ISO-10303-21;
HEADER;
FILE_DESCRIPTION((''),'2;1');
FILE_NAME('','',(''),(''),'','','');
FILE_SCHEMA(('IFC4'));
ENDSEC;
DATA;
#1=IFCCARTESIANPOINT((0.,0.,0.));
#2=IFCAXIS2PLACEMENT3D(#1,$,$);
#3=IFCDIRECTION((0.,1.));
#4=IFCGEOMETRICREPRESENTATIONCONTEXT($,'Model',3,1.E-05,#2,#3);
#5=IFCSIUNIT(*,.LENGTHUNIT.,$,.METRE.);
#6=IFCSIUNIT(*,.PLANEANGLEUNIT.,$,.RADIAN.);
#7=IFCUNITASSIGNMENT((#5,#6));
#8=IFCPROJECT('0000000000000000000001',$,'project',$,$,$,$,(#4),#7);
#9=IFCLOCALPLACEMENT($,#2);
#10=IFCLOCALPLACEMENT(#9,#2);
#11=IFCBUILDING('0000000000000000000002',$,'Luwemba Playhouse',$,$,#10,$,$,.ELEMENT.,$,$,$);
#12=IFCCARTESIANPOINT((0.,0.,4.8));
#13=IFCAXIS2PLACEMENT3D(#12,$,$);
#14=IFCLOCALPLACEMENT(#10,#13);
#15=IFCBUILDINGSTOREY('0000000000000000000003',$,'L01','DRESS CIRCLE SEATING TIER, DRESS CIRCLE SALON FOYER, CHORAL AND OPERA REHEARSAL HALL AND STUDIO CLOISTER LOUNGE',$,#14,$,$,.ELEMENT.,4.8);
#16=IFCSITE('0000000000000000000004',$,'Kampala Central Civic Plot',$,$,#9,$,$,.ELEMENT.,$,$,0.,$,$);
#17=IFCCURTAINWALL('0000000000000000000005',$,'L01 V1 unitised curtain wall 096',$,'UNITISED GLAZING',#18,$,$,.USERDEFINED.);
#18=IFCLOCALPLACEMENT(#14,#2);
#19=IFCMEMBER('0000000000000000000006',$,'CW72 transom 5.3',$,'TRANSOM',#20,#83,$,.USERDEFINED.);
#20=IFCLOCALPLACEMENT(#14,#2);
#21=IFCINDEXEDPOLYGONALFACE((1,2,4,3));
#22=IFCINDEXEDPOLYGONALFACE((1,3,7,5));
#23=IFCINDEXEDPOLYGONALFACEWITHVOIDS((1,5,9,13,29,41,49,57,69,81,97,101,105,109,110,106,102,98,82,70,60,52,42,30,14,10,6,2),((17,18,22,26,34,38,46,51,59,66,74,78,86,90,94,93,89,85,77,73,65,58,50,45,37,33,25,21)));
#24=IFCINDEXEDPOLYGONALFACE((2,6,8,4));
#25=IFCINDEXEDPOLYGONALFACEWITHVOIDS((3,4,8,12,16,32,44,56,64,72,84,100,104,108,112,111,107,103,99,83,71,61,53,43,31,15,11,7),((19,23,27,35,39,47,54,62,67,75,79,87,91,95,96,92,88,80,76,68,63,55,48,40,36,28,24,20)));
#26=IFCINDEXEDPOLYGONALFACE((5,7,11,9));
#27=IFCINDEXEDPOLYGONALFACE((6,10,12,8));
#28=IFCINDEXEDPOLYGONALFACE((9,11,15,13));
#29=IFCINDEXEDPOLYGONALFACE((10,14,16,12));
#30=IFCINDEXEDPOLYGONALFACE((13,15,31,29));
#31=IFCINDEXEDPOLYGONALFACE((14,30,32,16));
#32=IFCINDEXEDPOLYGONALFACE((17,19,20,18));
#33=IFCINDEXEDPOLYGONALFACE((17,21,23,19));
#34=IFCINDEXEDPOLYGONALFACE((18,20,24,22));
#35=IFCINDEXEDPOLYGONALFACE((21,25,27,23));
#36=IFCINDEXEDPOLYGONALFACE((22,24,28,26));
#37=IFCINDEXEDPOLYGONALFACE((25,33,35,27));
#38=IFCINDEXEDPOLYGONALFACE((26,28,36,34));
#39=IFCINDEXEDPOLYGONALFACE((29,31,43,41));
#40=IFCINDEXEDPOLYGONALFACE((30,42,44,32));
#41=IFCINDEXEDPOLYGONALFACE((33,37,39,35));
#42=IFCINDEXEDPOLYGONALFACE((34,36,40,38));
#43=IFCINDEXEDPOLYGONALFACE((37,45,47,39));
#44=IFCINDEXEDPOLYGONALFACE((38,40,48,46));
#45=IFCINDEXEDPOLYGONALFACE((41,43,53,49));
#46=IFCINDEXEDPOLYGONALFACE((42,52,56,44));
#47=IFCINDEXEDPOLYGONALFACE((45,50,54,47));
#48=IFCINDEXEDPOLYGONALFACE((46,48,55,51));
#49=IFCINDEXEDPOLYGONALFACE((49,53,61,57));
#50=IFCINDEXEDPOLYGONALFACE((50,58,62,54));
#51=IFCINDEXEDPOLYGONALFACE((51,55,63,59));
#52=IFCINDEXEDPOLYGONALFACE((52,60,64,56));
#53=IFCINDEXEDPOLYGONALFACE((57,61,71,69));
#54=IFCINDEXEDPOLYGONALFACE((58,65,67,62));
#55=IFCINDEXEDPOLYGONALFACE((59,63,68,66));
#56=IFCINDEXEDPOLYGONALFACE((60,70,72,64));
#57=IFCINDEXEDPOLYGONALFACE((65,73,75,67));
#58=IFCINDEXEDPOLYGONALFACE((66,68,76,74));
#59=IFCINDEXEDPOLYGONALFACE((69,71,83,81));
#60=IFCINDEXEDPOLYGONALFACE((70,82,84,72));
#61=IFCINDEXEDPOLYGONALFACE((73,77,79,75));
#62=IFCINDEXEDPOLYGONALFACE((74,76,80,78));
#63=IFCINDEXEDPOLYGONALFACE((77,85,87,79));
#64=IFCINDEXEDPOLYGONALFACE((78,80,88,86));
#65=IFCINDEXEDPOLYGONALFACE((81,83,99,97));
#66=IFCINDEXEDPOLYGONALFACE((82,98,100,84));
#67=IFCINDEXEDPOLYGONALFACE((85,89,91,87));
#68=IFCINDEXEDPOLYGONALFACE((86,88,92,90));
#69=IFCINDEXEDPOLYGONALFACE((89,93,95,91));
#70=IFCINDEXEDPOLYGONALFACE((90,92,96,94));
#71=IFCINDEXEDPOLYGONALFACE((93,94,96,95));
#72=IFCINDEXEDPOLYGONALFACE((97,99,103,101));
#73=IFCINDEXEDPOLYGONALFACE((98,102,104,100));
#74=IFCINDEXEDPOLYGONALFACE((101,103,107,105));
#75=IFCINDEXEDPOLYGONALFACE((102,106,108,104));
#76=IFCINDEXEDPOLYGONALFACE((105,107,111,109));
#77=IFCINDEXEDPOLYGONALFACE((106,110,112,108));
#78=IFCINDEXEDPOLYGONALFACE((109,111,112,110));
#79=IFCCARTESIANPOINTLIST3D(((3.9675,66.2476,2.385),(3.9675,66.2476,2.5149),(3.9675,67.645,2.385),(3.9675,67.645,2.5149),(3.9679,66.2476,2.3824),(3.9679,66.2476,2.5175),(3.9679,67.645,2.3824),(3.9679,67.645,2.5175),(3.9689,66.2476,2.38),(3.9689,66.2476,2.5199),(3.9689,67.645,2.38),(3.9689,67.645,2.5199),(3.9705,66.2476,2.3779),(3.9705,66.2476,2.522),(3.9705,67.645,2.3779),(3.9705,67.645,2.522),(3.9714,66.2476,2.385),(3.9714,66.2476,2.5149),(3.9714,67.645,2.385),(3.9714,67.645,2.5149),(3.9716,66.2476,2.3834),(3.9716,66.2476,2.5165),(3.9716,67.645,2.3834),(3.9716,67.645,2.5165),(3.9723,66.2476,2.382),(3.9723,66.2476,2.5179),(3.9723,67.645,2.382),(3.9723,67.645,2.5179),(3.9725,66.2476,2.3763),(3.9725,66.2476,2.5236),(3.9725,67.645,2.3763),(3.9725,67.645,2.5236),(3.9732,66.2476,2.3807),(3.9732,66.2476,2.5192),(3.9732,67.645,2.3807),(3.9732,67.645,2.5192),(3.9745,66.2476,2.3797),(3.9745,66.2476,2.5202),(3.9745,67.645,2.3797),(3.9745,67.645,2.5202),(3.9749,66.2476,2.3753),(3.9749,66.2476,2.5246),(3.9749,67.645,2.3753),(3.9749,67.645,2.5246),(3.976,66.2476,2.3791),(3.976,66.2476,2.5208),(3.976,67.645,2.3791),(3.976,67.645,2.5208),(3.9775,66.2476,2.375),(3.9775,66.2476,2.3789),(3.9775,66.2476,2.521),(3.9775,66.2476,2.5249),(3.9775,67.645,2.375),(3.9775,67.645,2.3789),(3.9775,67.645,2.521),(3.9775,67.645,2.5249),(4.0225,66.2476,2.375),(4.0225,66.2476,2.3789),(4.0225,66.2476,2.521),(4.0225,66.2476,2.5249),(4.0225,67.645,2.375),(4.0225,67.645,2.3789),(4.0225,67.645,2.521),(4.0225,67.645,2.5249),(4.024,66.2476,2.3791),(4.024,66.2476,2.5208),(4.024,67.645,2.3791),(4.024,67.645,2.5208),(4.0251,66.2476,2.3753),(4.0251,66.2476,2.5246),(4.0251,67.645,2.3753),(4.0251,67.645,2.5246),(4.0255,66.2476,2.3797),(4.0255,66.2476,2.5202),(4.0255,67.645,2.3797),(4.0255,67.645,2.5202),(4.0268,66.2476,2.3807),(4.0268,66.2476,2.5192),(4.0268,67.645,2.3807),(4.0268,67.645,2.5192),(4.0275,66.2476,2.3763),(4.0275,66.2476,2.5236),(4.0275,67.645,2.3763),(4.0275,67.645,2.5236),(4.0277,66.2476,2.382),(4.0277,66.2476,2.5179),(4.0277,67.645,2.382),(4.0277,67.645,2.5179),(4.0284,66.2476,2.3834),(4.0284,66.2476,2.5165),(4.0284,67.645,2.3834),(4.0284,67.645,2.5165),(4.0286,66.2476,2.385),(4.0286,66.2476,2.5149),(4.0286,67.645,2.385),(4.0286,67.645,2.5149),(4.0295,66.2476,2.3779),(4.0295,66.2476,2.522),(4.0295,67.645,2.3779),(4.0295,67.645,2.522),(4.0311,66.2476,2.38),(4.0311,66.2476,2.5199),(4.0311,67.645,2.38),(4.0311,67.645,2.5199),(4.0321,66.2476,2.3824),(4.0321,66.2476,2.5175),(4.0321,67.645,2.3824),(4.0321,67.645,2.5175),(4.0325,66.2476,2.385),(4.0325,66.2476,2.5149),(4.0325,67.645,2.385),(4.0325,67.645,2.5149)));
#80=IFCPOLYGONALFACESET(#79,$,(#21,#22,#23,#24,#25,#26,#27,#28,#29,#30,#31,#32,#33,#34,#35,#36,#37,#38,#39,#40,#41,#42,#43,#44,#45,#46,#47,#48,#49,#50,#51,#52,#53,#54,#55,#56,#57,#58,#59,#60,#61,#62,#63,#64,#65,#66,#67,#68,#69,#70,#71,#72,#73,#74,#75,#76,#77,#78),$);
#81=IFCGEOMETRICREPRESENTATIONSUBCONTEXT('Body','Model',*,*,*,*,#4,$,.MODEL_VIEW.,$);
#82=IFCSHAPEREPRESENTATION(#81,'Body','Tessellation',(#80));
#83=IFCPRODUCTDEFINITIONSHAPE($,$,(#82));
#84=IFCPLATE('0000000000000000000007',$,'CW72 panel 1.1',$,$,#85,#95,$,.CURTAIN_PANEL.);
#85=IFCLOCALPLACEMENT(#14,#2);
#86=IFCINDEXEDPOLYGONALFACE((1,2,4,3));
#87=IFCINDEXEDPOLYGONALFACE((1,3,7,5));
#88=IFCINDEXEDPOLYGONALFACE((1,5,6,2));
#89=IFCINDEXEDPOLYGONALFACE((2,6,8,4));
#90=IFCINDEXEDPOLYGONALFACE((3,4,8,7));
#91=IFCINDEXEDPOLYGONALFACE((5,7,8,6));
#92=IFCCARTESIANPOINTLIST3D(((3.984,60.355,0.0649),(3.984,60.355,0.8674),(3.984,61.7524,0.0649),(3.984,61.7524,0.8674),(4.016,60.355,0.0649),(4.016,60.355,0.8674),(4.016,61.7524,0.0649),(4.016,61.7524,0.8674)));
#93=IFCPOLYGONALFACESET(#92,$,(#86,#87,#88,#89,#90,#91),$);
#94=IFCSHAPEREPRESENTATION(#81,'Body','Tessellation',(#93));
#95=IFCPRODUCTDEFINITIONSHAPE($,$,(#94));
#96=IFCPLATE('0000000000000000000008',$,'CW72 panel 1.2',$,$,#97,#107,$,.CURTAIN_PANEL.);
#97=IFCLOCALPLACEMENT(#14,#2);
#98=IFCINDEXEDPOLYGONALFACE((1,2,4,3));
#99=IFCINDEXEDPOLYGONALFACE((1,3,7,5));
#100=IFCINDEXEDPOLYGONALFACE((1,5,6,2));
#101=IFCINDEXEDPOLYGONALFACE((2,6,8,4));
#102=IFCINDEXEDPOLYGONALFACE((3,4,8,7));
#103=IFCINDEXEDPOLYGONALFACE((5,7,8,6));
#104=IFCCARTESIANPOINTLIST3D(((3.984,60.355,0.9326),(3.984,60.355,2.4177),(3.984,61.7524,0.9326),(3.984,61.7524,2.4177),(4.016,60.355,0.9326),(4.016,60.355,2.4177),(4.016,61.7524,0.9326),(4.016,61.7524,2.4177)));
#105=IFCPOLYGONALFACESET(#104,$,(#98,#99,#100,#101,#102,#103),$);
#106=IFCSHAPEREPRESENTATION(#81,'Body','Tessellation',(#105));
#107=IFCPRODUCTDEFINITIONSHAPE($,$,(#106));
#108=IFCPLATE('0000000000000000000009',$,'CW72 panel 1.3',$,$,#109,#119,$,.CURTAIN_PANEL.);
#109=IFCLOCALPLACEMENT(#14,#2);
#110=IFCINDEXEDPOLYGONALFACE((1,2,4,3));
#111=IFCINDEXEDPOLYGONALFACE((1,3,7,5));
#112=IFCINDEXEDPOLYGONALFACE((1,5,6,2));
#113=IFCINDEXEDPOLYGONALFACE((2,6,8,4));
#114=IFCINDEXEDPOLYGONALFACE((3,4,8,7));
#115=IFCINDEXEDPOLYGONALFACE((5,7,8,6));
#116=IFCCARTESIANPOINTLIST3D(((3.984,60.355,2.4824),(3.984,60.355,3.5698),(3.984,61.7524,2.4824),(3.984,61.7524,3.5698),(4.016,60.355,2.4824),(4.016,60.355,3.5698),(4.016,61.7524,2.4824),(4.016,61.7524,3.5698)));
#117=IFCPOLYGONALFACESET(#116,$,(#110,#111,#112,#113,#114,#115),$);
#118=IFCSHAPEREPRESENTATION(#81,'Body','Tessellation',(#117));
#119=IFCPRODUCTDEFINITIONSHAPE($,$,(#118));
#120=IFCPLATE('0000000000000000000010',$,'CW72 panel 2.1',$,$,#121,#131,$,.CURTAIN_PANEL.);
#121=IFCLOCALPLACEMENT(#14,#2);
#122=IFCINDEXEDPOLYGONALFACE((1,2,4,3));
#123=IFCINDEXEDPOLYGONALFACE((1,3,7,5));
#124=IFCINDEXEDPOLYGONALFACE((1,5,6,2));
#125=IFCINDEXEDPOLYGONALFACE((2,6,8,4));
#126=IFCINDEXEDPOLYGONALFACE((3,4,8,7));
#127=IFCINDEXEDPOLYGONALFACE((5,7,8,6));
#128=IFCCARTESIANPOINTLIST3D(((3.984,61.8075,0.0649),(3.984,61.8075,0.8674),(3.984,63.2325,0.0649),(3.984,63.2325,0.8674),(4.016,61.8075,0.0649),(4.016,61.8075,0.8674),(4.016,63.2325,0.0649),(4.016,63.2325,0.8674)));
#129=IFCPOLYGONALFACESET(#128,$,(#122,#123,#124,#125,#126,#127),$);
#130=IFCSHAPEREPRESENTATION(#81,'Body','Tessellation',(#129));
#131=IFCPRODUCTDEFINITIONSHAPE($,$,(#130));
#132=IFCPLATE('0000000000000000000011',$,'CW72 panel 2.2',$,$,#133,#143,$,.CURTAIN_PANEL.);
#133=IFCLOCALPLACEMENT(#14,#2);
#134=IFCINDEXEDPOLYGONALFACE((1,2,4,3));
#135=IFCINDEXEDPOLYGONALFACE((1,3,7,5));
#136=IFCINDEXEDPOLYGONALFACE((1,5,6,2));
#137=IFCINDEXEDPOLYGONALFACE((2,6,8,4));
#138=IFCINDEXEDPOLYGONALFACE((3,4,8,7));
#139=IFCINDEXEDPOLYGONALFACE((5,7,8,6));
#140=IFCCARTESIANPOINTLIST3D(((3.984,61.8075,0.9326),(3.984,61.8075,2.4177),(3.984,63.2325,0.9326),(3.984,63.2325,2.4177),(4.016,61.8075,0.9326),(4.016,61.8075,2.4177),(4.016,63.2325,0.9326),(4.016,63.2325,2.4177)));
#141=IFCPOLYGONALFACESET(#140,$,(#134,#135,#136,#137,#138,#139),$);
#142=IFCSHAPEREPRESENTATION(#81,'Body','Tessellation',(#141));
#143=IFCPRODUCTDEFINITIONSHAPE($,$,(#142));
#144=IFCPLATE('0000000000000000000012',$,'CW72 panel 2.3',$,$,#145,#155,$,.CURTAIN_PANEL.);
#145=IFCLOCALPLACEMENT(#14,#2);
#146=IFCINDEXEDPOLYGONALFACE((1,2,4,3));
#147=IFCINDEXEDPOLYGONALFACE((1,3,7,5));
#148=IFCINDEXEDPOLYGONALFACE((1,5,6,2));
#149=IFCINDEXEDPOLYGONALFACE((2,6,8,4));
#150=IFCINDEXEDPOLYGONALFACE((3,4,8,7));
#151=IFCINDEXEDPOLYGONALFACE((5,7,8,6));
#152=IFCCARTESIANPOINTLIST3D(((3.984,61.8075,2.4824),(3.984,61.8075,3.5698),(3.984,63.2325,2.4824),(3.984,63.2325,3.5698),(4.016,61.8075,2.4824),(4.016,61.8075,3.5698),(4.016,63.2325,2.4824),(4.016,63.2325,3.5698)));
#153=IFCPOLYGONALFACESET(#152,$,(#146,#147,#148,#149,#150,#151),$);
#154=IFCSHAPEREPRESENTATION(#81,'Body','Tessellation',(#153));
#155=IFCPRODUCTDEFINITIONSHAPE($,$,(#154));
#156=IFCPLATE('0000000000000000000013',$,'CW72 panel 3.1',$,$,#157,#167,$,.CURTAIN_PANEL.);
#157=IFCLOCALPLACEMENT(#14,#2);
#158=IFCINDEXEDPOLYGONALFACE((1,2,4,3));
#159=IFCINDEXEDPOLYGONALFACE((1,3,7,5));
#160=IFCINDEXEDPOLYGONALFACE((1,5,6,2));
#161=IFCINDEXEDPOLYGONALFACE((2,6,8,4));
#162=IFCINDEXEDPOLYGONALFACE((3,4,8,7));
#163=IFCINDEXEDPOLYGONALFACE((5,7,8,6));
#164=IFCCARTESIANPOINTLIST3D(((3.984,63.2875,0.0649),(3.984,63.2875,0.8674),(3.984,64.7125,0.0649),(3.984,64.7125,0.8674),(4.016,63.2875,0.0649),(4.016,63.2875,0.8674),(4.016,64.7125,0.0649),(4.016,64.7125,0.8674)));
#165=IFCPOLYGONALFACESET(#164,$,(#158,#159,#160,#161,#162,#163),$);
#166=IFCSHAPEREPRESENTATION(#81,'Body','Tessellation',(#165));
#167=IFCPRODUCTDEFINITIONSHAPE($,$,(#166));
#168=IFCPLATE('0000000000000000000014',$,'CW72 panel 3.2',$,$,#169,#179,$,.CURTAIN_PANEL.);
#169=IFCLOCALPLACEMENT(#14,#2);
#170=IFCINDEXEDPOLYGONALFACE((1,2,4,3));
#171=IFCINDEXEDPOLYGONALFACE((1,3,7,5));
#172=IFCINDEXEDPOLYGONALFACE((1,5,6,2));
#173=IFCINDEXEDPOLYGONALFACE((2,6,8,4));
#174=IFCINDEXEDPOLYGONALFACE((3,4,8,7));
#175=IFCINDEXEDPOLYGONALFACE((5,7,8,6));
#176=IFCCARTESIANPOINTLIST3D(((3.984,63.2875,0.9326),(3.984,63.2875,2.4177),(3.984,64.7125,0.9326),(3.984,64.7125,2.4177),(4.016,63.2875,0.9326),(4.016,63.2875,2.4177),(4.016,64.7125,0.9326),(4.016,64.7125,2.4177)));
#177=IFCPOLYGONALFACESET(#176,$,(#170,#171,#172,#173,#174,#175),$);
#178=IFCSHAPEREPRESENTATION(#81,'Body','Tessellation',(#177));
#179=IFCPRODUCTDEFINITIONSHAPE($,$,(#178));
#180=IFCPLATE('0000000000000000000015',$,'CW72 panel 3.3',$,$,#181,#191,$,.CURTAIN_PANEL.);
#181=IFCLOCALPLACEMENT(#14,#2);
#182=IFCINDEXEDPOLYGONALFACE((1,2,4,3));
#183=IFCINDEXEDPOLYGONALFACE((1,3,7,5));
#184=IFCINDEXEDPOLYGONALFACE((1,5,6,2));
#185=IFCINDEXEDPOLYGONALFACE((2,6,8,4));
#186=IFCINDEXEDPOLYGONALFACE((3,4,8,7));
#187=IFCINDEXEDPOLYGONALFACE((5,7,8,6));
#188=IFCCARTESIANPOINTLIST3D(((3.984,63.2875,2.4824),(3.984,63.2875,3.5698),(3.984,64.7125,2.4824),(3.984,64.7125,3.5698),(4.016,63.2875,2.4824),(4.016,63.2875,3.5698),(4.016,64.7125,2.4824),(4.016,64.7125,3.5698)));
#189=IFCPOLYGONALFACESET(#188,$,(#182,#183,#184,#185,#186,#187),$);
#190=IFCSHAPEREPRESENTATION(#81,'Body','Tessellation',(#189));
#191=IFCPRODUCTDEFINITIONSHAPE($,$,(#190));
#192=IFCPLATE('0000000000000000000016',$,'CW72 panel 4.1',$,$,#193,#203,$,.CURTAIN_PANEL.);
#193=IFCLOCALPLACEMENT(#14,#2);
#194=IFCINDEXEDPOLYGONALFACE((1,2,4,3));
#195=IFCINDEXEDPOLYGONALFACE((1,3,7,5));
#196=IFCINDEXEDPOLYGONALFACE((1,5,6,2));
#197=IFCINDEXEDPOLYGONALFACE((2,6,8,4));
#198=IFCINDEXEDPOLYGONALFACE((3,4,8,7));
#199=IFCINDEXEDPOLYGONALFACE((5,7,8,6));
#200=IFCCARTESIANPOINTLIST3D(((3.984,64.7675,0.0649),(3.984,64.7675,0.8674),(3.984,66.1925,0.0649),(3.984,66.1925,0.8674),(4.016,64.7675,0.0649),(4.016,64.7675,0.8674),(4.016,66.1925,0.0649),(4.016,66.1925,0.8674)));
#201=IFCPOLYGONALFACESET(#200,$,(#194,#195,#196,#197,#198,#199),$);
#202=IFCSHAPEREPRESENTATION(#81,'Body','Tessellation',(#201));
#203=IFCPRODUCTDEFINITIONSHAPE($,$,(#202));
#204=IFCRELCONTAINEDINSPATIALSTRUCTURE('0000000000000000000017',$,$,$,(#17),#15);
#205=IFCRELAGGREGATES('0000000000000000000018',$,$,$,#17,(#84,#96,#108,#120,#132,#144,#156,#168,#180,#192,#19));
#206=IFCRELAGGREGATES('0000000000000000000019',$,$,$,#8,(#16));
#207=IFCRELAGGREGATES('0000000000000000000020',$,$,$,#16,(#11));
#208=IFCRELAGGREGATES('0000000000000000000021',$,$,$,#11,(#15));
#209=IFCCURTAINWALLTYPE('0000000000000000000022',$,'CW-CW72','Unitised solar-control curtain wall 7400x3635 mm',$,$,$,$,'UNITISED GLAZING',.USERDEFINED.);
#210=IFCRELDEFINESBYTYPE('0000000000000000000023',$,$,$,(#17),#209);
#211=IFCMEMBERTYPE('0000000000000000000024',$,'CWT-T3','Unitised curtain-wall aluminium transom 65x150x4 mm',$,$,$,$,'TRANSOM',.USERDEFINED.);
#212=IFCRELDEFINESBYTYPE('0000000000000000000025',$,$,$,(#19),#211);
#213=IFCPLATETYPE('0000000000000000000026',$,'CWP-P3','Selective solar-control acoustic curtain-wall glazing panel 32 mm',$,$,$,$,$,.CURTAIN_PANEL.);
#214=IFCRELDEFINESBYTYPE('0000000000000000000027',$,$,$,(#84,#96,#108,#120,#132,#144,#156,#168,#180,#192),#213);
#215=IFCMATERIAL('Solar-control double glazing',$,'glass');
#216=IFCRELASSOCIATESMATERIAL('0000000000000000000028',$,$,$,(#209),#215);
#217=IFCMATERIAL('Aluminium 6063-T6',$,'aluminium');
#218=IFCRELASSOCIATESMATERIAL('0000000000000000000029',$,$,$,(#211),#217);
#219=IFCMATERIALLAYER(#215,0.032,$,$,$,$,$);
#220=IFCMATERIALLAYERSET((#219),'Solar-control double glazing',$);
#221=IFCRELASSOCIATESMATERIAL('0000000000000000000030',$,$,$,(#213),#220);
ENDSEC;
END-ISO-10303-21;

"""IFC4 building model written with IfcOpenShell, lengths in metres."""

from ifc_helpers import new_model, si_unit, direction, frame, origin, origin_2d, place, context, subcontext, project, spatial, rectangle, hollow_rectangle, extrude, material, layer, layer_set, material_profile, profile_set, type_object, element, aggregate, save


model = new_model("IFC4")

# Units and contexts
model_context = context("Model", 3, precision=1e-05, world=origin(), true_north=direction((0.0, 1.0)))
body_context = subcontext(model_context, "Body", "Model", "MODEL_VIEW")
ifc_project = project(units=[si_unit("LENGTHUNIT", "METRE"), si_unit("PLANEANGLEUNIT", "RADIAN")], contexts=[model_context])

# Site, building, storey
site_placement = place(None, origin())
site = spatial("IfcSite", under=ifc_project, at=site_placement, Name="Kampala Central Civic Plot", CompositionType="ELEMENT", RefElevation=0.0)
building_placement = place(site_placement, origin())
building = spatial("IfcBuilding", under=site, at=building_placement, Name="Luwemba Playhouse", CompositionType="ELEMENT")
storey_placement = place(building_placement, frame((0.0, 0.0, 4.8)))
storey = spatial("IfcBuildingStorey", under=building, at=storey_placement, Name="L01", Description="DRESS CIRCLE SEATING TIER, DRESS CIRCLE SALON FOYER, CHORAL AND OPERA REHEARSAL HALL AND STUDIO CLOISTER LOUNGE", CompositionType="ELEMENT", Elevation=4.8)

# Curtain wall, member, plates
ifc_material_1 = material(Name="Solar-control double glazing", Category="glass")
curtain_wall_type = type_object("IfcCurtainWallType", Name="CW-CW72", Description="Unitised solar-control curtain wall 7400x3635 mm", ElementType="UNITISED GLAZING", PredefinedType="USERDEFINED", material=ifc_material_1)
curtain_wall_placement = place(storey_placement, origin())
curtain_wall = element("IfcCurtainWall", 1, at=curtain_wall_placement, inside=storey, type_object=curtain_wall_type, Name="L01 V1 unitised curtain wall 096", ObjectType="UNITISED GLAZING", PredefinedType="USERDEFINED")
ifc_material_2 = material(Name="Aluminium 6063-T6", Category="aluminium")
ifc_material_profile_1 = material_profile(ifc_material_2, hollow_rectangle(XDim=0.0649, YDim=0.1499, WallThickness=0.0039, InnerFilletRadius=0.0061, OuterFilletRadius=0.01, at=origin_2d()))
ifc_profile_set_1 = profile_set([ifc_material_profile_1], Name="Aluminium 6063-T6")
member_type_1 = type_object("IfcMemberType", Name="CWT-T3", Description="Unitised curtain-wall aluminium transom 65x150x4 mm", ElementType="TRANSOM", PredefinedType="USERDEFINED", material=ifc_profile_set_1)
member_1_placement = place(storey_placement, frame((4.0, 66.2476, 2.45), z_axis=(0.0, 1.0, 0.0), x_axis=(-1.0, 0.0, 0.0)))
member_1 = element("IfcMember", 2, at=member_1_placement, type_object=member_type_1, Name="CW72 transom 5.3", ObjectType="TRANSOM", PredefinedType="USERDEFINED", context=body_context, shape_type="SweptSolid", body=[
    extrude(hollow_rectangle(XDim=0.0649, YDim=0.1499, WallThickness=0.0039, InnerFilletRadius=0.0061, OuterFilletRadius=0.01, at=origin_2d()), origin(), (0.0, 0.0, 1.0), 1.3975),
])
ifc_layer = layer(ifc_material_1, 0.032)
ifc_layer_set = layer_set([ifc_layer], Name="Solar-control double glazing")
plate_type = type_object("IfcPlateType", Name="CWP-P3", Description="Selective solar-control acoustic curtain-wall glazing panel 32 mm", PredefinedType="CURTAIN_PANEL", material=ifc_layer_set)
plate_1_placement = place(storey_placement, frame((4.0, 61.0537, 0.0649), z_axis=(0.0, 0.0, 1.0), x_axis=(0.0, 1.0, 0.0)))
plate_1 = element("IfcPlate", 3, at=plate_1_placement, type_object=plate_type, Name="CW72 panel 1.1", PredefinedType="CURTAIN_PANEL", context=body_context, shape_type="SweptSolid", body=[
    extrude(rectangle(XDim=1.3975, YDim=0.032, at=origin_2d()), origin(), (0.0, 0.0, 1.0), 0.8025),
])
plate_2_placement = place(storey_placement, frame((4.0, 61.0537, 0.9326), z_axis=(0.0, 0.0, 1.0), x_axis=(0.0, 1.0, 0.0)))
plate_2 = element("IfcPlate", 4, at=plate_2_placement, type_object=plate_type, Name="CW72 panel 1.2", PredefinedType="CURTAIN_PANEL", context=body_context, shape_type="SweptSolid", body=[
    extrude(rectangle(XDim=1.3975, YDim=0.032, at=origin_2d()), origin(), (0.0, 0.0, 1.0), 1.4851),
])
plate_3_placement = place(storey_placement, frame((4.0, 61.0537, 2.4824), z_axis=(0.0, 0.0, 1.0), x_axis=(0.0, 1.0, 0.0)))
plate_3 = element("IfcPlate", 5, at=plate_3_placement, type_object=plate_type, Name="CW72 panel 1.3", PredefinedType="CURTAIN_PANEL", context=body_context, shape_type="SweptSolid", body=[
    extrude(rectangle(XDim=1.3975, YDim=0.032, at=origin_2d()), origin(), (0.0, 0.0, 1.0), 1.0874),
])
plate_4_placement = place(storey_placement, frame((4.0, 62.52, 0.0649), z_axis=(0.0, 0.0, 1.0), x_axis=(0.0, 1.0, 0.0)))
plate_4 = element("IfcPlate", 6, at=plate_4_placement, type_object=plate_type, Name="CW72 panel 2.1", PredefinedType="CURTAIN_PANEL", context=body_context, shape_type="SweptSolid", body=[
    extrude(rectangle(XDim=1.425, YDim=0.032, at=origin_2d()), origin(), (0.0, 0.0, 1.0), 0.8025),
])
plate_5_placement = place(storey_placement, frame((4.0, 62.52, 0.9326), z_axis=(0.0, 0.0, 1.0), x_axis=(0.0, 1.0, 0.0)))
plate_5 = element("IfcPlate", 7, at=plate_5_placement, type_object=plate_type, Name="CW72 panel 2.2", PredefinedType="CURTAIN_PANEL", context=body_context, shape_type="SweptSolid", body=[
    extrude(rectangle(XDim=1.425, YDim=0.032, at=origin_2d()), origin(), (0.0, 0.0, 1.0), 1.4851),
])
plate_6_placement = place(storey_placement, frame((4.0, 62.52, 2.4824), z_axis=(0.0, 0.0, 1.0), x_axis=(0.0, 1.0, 0.0)))
plate_6 = element("IfcPlate", 8, at=plate_6_placement, type_object=plate_type, Name="CW72 panel 2.3", PredefinedType="CURTAIN_PANEL", context=body_context, shape_type="SweptSolid", body=[
    extrude(rectangle(XDim=1.425, YDim=0.032, at=origin_2d()), origin(), (0.0, 0.0, 1.0), 1.0874),
])
plate_7_placement = place(storey_placement, frame((4.0, 64.0, 0.0649), z_axis=(0.0, 0.0, 1.0), x_axis=(0.0, 1.0, 0.0)))
plate_7 = element("IfcPlate", 9, at=plate_7_placement, type_object=plate_type, Name="CW72 panel 3.1", PredefinedType="CURTAIN_PANEL", context=body_context, shape_type="SweptSolid", body=[
    extrude(rectangle(XDim=1.425, YDim=0.032, at=origin_2d()), origin(), (0.0, 0.0, 1.0), 0.8025),
])
plate_8_placement = place(storey_placement, frame((4.0, 64.0, 0.9326), z_axis=(0.0, 0.0, 1.0), x_axis=(0.0, 1.0, 0.0)))
plate_8 = element("IfcPlate", 10, at=plate_8_placement, type_object=plate_type, Name="CW72 panel 3.2", PredefinedType="CURTAIN_PANEL", context=body_context, shape_type="SweptSolid", body=[
    extrude(rectangle(XDim=1.425, YDim=0.032, at=origin_2d()), origin(), (0.0, 0.0, 1.0), 1.4851),
])
plate_9_placement = place(storey_placement, frame((4.0, 64.0, 2.4824), z_axis=(0.0, 0.0, 1.0), x_axis=(0.0, 1.0, 0.0)))
plate_9 = element("IfcPlate", 11, at=plate_9_placement, type_object=plate_type, Name="CW72 panel 3.3", PredefinedType="CURTAIN_PANEL", context=body_context, shape_type="SweptSolid", body=[
    extrude(rectangle(XDim=1.425, YDim=0.032, at=origin_2d()), origin(), (0.0, 0.0, 1.0), 1.0874),
])
plate_10_placement = place(storey_placement, frame((4.0, 65.48, 0.0649), z_axis=(0.0, 0.0, 1.0), x_axis=(0.0, 1.0, 0.0)))
plate_10 = element("IfcPlate", 12, at=plate_10_placement, type_object=plate_type, Name="CW72 panel 4.1", PredefinedType="CURTAIN_PANEL", context=body_context, shape_type="SweptSolid", body=[
    extrude(rectangle(XDim=1.425, YDim=0.032, at=origin_2d()), origin(), (0.0, 0.0, 1.0), 0.8025),
])
aggregate(curtain_wall, [plate_1, plate_2, plate_3, plate_4, plate_5, plate_6, plate_7, plate_8, plate_9, plate_10, member_1])

save(model, "model.ifc")
